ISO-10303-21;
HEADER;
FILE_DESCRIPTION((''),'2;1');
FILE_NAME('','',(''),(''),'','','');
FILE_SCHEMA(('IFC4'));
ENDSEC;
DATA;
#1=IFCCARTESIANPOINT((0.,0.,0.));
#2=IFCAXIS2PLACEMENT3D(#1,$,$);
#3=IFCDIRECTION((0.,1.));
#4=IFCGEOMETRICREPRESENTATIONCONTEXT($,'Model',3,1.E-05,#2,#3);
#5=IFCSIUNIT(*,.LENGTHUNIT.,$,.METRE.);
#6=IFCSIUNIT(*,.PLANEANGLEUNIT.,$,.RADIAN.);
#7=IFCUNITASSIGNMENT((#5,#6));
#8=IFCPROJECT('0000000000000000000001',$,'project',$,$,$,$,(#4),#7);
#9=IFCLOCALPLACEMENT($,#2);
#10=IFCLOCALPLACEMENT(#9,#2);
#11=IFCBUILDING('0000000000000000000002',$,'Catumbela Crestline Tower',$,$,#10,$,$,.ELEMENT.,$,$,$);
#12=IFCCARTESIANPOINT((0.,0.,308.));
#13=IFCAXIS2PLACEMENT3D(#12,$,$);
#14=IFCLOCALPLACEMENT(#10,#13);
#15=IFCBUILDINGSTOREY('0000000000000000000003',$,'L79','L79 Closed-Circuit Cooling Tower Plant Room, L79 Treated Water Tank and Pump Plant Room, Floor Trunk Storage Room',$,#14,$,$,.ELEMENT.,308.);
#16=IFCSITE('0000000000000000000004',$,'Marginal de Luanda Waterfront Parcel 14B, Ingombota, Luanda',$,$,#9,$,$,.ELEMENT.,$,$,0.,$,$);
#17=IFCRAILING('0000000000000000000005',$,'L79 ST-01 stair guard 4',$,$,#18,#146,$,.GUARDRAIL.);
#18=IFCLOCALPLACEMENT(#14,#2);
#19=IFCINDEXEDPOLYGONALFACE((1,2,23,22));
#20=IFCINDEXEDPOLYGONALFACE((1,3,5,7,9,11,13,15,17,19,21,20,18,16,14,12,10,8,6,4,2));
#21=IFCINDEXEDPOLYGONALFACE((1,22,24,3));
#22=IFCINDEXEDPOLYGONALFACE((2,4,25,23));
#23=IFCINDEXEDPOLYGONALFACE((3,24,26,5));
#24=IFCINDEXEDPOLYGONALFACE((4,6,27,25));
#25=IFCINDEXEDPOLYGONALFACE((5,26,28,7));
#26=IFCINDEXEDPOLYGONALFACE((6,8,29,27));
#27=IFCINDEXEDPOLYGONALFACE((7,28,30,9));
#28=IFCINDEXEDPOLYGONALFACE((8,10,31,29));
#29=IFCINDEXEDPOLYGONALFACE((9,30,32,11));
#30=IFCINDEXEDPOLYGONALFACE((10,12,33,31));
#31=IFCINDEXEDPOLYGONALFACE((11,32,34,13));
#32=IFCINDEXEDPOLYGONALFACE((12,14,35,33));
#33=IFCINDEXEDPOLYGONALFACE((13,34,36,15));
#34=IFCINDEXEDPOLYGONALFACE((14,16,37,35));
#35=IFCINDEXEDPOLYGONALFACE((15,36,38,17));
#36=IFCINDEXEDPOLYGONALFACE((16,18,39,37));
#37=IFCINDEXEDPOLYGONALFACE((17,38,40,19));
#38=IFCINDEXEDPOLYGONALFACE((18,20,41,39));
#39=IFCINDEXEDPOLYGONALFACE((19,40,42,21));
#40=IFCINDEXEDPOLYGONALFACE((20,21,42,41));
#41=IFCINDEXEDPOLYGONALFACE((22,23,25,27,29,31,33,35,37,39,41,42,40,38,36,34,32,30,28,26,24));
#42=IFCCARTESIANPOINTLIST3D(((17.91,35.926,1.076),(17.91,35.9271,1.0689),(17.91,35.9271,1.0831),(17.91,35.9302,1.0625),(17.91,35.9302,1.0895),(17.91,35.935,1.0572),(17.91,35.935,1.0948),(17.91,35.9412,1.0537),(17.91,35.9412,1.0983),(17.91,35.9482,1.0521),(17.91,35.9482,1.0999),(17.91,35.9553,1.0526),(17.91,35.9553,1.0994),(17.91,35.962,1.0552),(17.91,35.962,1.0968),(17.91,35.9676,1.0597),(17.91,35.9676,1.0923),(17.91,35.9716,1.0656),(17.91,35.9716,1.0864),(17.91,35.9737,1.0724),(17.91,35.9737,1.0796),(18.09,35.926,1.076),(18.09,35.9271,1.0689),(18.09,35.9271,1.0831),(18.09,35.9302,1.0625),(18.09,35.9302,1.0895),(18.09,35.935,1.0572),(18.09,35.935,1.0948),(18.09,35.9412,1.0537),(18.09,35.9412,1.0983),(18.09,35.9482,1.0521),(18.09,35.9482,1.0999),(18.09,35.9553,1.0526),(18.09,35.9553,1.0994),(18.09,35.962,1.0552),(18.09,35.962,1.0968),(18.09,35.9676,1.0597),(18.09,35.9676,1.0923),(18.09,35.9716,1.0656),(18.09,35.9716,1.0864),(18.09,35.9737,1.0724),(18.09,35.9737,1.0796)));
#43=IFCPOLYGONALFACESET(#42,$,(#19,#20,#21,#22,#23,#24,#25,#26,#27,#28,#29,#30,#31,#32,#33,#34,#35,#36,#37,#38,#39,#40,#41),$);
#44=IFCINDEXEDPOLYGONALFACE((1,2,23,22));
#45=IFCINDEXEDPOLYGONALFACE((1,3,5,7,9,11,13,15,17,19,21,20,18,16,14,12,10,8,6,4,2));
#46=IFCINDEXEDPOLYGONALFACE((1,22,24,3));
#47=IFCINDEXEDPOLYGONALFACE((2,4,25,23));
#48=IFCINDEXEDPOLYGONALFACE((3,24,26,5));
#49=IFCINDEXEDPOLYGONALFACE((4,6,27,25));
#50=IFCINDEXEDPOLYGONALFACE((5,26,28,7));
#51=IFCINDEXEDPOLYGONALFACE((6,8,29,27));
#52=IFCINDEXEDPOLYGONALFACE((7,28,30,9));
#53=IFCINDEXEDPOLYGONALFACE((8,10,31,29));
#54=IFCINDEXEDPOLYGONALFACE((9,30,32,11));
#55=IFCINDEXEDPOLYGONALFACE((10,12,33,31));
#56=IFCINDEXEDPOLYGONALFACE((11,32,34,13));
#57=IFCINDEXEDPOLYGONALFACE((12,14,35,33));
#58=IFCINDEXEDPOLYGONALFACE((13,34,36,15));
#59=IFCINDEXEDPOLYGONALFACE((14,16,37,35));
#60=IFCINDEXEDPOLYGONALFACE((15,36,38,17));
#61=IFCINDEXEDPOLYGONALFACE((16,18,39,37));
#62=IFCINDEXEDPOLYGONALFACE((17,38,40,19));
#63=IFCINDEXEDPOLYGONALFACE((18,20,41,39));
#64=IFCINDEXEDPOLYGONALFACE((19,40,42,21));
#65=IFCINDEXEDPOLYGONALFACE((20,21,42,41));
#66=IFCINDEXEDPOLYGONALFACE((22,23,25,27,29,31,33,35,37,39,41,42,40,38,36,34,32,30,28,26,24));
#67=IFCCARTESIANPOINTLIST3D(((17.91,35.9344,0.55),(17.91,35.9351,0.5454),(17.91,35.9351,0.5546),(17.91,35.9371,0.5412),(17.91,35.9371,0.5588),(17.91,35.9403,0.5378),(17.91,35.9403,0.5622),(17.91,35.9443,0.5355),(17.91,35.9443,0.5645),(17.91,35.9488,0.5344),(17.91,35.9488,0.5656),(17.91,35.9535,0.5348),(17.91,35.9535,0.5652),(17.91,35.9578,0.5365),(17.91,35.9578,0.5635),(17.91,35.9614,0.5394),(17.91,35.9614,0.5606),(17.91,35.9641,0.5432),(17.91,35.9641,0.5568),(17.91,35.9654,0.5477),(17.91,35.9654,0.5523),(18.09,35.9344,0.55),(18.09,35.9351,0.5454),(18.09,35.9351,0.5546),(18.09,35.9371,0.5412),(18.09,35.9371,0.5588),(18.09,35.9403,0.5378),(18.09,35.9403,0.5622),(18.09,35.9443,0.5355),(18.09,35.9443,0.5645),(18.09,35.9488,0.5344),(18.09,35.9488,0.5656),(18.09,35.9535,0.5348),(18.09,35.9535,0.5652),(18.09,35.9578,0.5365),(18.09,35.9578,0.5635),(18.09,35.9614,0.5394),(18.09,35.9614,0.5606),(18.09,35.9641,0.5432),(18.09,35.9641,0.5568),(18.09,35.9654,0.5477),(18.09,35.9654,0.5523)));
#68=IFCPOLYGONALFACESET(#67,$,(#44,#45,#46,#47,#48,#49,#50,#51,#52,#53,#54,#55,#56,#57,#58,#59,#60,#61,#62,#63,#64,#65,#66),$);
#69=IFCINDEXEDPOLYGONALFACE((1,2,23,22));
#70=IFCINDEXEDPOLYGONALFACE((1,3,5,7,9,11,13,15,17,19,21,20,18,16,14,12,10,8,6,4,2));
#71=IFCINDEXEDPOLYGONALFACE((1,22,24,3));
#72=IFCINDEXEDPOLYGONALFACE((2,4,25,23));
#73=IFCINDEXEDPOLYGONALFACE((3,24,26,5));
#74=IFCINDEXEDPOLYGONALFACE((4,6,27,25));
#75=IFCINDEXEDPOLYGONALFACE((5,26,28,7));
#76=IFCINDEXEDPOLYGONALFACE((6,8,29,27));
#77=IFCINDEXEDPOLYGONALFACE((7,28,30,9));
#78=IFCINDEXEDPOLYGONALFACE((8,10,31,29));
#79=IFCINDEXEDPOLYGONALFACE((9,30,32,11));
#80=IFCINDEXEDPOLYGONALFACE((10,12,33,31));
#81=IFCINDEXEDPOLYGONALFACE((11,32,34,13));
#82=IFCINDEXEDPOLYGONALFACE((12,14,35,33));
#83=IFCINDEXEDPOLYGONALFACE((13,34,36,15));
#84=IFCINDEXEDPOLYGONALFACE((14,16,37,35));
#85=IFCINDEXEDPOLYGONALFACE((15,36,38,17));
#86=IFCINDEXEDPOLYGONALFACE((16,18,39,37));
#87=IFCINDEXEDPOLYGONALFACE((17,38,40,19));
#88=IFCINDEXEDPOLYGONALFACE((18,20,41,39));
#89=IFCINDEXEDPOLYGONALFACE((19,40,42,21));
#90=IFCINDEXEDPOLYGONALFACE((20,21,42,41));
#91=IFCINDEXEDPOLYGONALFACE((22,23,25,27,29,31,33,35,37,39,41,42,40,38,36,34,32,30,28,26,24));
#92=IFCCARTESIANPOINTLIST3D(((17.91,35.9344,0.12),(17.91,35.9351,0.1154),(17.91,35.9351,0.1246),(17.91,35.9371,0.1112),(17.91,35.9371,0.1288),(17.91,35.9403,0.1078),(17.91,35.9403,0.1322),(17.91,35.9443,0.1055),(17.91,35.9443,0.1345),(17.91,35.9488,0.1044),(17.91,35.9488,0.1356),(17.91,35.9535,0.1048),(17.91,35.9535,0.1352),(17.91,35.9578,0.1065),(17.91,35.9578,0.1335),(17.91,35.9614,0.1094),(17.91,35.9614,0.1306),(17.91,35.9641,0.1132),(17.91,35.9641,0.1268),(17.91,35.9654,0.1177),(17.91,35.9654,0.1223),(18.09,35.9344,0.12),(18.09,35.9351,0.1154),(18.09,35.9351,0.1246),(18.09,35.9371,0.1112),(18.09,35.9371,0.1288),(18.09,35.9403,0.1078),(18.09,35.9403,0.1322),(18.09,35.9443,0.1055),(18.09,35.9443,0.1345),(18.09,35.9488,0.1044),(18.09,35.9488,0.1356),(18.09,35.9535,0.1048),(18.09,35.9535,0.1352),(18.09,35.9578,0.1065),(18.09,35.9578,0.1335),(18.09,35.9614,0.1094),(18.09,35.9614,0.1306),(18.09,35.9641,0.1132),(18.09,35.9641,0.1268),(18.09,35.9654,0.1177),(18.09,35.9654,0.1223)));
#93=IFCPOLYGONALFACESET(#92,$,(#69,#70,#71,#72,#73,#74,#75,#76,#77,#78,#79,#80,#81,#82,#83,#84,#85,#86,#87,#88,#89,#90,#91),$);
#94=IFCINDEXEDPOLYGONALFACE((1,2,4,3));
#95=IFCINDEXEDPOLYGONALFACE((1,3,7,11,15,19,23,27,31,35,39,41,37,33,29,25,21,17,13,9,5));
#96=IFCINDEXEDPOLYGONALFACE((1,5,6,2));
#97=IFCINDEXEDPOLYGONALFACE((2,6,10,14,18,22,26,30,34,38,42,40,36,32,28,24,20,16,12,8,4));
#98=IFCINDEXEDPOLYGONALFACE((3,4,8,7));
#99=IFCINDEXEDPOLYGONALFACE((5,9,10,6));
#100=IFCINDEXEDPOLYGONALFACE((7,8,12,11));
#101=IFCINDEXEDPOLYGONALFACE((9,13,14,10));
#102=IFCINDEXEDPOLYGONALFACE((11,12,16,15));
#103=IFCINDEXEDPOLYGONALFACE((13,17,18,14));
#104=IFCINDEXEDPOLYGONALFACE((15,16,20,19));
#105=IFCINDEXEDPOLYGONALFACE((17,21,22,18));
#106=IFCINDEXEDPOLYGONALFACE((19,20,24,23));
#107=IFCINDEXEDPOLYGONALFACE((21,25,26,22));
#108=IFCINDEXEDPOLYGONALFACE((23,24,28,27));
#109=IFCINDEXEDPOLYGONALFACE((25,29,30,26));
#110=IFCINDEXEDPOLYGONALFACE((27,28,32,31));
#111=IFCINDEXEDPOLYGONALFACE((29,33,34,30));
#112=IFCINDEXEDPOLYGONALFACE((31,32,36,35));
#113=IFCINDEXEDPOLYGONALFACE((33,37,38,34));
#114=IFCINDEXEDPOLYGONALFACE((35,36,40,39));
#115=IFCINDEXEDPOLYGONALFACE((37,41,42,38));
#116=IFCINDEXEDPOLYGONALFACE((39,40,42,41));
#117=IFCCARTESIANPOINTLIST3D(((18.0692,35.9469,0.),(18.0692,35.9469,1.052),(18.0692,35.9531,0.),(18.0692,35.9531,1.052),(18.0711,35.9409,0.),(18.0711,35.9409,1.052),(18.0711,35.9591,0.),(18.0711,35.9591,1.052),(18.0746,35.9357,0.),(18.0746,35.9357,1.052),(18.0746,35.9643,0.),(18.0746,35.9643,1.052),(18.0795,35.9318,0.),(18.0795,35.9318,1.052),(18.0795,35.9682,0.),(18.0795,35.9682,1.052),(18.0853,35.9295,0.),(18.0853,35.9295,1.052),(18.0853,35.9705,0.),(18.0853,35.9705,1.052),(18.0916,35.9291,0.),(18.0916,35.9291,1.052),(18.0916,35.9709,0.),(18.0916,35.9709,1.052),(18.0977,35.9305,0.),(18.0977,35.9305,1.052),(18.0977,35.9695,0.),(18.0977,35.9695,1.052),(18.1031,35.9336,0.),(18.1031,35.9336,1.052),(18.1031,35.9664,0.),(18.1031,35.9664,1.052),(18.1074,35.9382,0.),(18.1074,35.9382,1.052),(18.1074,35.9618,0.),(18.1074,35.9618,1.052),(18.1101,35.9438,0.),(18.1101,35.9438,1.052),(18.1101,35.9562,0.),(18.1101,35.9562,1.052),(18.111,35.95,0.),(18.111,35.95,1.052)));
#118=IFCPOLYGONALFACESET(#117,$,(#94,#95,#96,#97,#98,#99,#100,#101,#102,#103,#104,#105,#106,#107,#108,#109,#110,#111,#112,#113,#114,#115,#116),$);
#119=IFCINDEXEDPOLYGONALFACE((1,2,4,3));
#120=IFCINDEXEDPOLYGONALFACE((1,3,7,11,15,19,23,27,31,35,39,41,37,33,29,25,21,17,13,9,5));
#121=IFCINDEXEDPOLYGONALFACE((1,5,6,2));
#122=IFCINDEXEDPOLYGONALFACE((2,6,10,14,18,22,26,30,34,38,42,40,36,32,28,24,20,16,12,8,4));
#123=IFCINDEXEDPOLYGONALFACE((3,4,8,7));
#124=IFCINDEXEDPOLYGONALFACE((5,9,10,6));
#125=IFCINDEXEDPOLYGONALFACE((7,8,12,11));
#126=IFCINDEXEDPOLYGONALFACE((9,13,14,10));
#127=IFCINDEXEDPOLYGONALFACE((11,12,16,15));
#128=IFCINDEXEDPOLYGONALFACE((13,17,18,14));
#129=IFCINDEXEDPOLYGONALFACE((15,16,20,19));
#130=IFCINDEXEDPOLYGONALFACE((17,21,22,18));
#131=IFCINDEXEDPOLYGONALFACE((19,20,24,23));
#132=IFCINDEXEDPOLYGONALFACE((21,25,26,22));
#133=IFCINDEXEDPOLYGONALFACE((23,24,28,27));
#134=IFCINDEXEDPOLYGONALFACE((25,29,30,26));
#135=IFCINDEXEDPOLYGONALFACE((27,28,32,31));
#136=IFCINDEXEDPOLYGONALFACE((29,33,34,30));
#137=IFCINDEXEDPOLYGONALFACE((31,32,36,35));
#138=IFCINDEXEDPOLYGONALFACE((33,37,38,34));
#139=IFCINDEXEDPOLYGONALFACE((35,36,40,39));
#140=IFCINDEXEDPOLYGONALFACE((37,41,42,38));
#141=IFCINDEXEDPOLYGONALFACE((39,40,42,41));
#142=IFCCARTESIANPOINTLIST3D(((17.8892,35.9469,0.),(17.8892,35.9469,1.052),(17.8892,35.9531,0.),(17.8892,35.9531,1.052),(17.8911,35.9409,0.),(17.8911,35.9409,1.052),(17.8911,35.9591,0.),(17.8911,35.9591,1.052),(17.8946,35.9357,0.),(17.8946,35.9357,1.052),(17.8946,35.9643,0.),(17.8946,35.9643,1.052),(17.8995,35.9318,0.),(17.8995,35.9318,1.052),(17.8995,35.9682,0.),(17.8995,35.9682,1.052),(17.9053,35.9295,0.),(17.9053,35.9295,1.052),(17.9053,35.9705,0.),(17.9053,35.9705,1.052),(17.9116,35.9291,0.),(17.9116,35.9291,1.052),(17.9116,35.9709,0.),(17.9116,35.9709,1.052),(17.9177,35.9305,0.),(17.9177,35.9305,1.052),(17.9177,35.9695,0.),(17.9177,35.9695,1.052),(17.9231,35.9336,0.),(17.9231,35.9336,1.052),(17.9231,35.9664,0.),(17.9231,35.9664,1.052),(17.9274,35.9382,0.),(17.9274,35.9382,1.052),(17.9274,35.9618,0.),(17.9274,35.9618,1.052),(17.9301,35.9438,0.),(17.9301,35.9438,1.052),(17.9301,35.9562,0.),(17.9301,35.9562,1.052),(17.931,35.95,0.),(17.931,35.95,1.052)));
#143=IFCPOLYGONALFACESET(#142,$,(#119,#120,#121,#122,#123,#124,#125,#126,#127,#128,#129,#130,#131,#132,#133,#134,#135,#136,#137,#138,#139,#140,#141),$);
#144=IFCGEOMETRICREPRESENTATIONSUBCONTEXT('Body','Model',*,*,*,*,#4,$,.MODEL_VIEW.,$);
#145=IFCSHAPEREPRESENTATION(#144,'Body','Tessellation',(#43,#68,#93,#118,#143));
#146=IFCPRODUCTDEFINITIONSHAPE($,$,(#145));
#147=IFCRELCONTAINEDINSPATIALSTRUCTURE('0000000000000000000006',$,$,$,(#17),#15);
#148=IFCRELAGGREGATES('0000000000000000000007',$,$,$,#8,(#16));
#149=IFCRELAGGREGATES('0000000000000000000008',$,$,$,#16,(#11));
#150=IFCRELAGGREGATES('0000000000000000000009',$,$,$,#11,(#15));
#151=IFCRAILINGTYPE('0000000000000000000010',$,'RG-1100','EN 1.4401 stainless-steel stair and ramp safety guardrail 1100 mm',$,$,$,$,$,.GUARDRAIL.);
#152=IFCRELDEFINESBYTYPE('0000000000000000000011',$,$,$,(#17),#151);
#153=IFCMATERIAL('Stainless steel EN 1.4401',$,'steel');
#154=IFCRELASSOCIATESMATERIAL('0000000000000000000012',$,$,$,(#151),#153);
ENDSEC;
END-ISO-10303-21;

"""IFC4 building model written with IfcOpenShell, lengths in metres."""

from ifc_helpers import new_model, si_unit, direction, frame, origin, origin_2d, place, context, subcontext, project, spatial, circle, extrude, material, type_object, element, save


model = new_model("IFC4")

# Units and contexts
model_context = context("Model", 3, precision=1e-05, world=origin(), true_north=direction((0.0, 1.0)))
body_context = subcontext(model_context, "Body", "Model", "MODEL_VIEW")
ifc_project = project(units=[si_unit("LENGTHUNIT", "METRE"), si_unit("PLANEANGLEUNIT", "RADIAN")], contexts=[model_context])

# Site, building, storey
site_placement = place(None, origin())
site = spatial("IfcSite", under=ifc_project, at=site_placement, Name="Marginal de Luanda Waterfront Parcel 14B, Ingombota, Luanda", CompositionType="ELEMENT", RefElevation=0.0)
building_placement = place(site_placement, origin())
building = spatial("IfcBuilding", under=site, at=building_placement, Name="Catumbela Crestline Tower", CompositionType="ELEMENT")
storey_placement = place(building_placement, frame((0.0, 0.0, 308.0)))
storey = spatial("IfcBuildingStorey", under=building, at=storey_placement, Name="L79", Description="L79 Closed-Circuit Cooling Tower Plant Room, L79 Treated Water Tank and Pump Plant Room, Floor Trunk Storage Room", CompositionType="ELEMENT", Elevation=308.0)

# Shared definitions
ifc_material_1 = material(Name="Stainless steel EN 1.4401", Category="steel")

# Railing
railing_type_1 = type_object("IfcRailingType", Name="RG-1100", Description="EN 1.4401 stainless-steel stair and ramp safety guardrail 1100 mm", PredefinedType="GUARDRAIL", material=ifc_material_1)
railing_1_placement = place(storey_placement, frame((18.09, 35.95, 0.0)))
element("IfcRailing", 1, at=railing_1_placement, inside=storey, type_object=railing_type_1, Name="L79 ST-01 stair guard 4", PredefinedType="GUARDRAIL", context=body_context, shape_type="SweptSolid", body=[
    extrude(circle(Radius=0.024, at=origin_2d()), frame((0.0, 0.0, 1.076), z_axis=(-1.0, 0.0, 0.0), x_axis=(0.0, -1.0, 0.0)), (0.0, 0.0, 1.0), 0.18),
    extrude(circle(Radius=0.0156, at=origin_2d()), frame((0.0, 0.0, 0.55), z_axis=(-1.0, 0.0, 0.0), x_axis=(0.0, -1.0, 0.0)), (0.0, 0.0, 1.0), 0.18),
    extrude(circle(Radius=0.0156, at=origin_2d()), frame((0.0, 0.0, 0.12), z_axis=(-1.0, 0.0, 0.0), x_axis=(0.0, -1.0, 0.0)), (0.0, 0.0, 1.0), 0.18),
    extrude(circle(Radius=0.021, at=origin_2d()), origin(), (0.0, 0.0, 1.0), 1.052),
    extrude(circle(Radius=0.021, at=origin_2d()), frame((-0.18, 0.0, 0.0)), (0.0, 0.0, 1.0), 1.052),
])

save(model, "model.ifc")
